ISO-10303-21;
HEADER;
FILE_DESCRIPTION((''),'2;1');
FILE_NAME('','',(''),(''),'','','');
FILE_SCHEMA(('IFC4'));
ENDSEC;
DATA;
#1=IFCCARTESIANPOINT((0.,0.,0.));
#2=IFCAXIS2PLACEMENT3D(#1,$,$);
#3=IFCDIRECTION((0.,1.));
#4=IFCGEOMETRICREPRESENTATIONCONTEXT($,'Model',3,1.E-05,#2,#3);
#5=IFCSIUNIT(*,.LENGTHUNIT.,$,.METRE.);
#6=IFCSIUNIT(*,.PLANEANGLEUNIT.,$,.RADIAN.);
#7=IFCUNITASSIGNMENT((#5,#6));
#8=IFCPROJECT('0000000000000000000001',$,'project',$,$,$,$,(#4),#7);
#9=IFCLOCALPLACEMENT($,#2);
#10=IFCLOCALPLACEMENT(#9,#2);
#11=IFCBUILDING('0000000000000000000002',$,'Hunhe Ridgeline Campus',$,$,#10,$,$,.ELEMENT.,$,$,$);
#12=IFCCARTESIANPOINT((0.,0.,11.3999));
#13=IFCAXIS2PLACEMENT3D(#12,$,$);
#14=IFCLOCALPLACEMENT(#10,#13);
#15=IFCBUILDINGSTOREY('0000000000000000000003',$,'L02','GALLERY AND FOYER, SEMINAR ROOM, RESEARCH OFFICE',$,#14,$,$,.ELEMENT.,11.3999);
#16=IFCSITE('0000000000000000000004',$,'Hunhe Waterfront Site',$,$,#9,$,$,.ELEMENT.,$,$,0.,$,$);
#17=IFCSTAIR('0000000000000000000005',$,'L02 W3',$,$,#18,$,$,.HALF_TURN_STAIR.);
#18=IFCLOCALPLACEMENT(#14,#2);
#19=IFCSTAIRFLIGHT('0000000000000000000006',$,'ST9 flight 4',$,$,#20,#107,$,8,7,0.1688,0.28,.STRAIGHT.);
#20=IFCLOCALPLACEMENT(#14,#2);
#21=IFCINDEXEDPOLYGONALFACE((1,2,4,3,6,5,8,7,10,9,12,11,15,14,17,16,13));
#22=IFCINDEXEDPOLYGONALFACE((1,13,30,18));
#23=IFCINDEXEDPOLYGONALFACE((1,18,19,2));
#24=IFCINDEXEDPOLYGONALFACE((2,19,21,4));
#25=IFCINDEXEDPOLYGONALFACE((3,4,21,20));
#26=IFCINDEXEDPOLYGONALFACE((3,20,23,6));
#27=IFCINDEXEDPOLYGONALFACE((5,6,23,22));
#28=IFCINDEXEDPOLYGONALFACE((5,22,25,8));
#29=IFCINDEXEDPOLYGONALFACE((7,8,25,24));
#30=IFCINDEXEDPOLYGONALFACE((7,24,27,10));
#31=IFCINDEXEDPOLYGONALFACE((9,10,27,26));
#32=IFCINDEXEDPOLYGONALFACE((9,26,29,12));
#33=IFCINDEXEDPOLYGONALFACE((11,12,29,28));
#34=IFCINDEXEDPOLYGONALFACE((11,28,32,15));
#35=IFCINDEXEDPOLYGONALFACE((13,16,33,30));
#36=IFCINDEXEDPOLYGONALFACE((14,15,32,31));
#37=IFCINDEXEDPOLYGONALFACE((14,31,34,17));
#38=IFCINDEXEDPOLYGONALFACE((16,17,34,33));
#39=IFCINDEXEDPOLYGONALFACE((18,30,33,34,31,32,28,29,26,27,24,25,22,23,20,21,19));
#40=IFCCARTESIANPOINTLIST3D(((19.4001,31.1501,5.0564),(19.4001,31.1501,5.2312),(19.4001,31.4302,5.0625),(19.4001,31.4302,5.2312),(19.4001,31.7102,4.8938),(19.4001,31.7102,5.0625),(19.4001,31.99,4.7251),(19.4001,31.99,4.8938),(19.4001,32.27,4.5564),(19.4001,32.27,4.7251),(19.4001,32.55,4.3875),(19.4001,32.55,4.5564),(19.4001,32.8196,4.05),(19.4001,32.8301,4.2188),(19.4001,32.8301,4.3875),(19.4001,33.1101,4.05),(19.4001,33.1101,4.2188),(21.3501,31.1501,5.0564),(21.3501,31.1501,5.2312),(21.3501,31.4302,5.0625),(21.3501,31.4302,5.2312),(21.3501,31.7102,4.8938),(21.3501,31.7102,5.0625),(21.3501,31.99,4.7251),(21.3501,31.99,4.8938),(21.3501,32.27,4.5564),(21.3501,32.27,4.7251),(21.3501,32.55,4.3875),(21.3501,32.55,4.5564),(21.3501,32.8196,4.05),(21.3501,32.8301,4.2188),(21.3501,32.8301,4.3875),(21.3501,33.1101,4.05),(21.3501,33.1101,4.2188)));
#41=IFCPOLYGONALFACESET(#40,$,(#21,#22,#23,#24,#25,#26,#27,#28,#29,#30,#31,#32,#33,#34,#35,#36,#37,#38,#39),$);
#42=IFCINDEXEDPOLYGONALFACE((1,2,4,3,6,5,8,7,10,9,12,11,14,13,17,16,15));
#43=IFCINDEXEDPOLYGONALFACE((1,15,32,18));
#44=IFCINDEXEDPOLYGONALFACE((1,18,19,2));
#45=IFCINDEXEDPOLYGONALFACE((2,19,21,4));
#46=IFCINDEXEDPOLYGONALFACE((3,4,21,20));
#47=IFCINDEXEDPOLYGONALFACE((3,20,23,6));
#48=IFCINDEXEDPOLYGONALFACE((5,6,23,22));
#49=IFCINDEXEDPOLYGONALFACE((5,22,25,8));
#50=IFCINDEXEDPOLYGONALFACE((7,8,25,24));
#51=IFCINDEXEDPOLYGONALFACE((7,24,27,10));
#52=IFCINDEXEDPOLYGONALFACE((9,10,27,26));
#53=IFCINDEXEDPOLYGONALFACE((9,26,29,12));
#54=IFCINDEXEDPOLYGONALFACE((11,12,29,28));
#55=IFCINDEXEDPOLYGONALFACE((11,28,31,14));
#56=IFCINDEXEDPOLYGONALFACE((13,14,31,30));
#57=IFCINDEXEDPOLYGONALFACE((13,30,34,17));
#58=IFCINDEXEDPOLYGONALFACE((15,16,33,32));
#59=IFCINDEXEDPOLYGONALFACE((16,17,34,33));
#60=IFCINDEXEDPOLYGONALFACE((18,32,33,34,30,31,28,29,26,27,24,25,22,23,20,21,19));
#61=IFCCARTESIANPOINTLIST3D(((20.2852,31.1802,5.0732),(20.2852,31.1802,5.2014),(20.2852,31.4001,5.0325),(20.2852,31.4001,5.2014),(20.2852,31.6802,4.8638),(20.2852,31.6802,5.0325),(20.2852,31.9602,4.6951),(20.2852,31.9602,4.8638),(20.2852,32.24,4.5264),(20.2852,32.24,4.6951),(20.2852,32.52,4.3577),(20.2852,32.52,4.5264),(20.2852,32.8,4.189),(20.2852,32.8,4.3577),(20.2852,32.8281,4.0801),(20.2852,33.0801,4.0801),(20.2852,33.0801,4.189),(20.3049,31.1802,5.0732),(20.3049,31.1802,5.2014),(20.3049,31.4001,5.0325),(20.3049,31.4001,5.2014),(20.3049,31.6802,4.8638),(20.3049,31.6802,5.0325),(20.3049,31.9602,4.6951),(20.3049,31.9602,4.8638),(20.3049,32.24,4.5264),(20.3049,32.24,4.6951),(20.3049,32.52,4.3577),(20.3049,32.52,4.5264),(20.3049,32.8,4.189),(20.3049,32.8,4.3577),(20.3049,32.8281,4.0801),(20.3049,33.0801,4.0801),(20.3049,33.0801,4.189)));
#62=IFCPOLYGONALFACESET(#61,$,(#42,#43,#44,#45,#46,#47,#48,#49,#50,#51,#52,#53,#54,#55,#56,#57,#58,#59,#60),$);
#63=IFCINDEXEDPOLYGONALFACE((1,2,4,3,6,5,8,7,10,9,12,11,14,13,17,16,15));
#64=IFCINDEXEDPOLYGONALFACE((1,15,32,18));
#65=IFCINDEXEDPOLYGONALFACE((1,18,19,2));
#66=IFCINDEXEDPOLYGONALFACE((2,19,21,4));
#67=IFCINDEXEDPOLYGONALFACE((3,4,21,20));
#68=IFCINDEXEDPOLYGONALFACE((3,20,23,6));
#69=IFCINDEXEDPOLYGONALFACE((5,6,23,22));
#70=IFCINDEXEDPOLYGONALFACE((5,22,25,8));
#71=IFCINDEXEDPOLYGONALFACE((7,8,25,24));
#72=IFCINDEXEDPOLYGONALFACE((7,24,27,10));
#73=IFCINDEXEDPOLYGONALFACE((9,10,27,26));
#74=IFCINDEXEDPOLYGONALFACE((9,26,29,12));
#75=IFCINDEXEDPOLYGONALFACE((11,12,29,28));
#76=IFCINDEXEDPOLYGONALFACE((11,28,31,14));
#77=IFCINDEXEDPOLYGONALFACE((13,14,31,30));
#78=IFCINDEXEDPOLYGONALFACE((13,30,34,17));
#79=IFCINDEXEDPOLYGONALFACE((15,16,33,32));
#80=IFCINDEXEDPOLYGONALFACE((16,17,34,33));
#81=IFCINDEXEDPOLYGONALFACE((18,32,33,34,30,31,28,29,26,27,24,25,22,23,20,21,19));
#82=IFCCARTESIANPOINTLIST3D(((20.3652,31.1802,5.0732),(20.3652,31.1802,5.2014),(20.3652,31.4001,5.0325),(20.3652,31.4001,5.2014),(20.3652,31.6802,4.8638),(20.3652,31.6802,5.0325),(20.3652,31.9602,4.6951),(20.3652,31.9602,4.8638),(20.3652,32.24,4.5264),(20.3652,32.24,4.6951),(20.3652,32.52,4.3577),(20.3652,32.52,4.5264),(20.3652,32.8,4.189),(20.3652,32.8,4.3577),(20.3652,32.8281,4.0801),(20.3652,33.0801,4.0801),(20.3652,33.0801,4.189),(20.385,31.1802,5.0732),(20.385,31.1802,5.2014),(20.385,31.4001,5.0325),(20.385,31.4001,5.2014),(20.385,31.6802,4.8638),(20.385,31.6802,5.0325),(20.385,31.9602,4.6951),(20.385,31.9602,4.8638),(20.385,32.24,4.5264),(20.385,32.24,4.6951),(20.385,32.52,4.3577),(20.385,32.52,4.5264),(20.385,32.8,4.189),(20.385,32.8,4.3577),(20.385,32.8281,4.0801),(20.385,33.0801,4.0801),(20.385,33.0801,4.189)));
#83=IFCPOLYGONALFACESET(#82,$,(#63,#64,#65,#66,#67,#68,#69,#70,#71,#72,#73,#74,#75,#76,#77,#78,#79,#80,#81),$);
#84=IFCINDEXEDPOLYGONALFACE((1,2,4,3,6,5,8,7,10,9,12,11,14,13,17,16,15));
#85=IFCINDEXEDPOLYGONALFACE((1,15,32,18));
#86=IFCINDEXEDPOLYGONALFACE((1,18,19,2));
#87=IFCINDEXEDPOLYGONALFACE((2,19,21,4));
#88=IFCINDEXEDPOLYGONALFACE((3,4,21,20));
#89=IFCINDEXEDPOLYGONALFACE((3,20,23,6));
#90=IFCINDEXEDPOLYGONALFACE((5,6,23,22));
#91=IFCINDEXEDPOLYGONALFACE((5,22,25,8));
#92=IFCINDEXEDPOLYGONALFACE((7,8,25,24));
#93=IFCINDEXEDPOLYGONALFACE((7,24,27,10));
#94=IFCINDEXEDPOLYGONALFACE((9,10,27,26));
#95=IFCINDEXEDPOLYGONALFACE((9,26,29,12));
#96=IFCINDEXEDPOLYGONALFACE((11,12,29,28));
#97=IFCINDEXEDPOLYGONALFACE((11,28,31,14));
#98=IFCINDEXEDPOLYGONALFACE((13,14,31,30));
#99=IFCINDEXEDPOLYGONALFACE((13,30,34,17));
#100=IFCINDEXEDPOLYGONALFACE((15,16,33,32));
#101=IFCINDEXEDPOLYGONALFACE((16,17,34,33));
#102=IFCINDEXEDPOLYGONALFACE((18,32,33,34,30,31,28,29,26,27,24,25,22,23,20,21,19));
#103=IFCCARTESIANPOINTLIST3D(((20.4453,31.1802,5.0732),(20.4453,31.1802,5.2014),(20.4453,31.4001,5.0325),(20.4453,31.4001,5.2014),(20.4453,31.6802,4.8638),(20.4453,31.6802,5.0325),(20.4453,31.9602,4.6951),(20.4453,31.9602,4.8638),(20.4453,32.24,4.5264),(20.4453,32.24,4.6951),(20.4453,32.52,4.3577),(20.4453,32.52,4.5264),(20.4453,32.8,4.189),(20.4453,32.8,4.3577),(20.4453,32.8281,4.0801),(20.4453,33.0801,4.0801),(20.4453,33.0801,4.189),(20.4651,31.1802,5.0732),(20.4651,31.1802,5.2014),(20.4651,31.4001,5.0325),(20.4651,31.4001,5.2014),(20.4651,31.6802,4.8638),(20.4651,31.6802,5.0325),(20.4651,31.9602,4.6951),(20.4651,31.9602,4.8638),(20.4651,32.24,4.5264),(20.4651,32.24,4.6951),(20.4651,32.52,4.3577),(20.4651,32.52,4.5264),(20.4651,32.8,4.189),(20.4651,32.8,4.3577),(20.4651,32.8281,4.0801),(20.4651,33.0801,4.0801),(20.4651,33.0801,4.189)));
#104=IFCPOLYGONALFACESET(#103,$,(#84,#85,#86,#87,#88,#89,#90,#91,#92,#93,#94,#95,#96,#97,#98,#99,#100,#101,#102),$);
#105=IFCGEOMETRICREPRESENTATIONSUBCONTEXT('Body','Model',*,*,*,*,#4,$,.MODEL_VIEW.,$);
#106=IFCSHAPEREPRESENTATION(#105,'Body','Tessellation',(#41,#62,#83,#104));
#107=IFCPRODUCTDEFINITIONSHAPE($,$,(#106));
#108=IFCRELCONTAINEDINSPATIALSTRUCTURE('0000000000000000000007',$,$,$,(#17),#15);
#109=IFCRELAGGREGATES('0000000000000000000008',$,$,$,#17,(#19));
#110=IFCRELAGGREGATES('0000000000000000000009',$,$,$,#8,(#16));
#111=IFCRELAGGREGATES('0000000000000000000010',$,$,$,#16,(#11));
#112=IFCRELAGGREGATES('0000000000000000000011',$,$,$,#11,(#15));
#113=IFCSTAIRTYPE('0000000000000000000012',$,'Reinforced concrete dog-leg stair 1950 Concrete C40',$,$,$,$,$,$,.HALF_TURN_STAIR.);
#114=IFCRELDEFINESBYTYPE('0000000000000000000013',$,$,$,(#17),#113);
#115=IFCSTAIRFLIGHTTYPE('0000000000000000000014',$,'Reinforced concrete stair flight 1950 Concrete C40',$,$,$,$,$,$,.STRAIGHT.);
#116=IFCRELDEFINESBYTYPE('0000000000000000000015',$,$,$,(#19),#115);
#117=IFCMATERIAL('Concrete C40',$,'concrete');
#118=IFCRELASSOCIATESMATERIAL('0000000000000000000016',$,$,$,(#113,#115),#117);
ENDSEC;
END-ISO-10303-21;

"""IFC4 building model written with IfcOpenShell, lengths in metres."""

from ifc_helpers import new_model, si_unit, direction, frame, origin, place, context, subcontext, project, spatial, polyline, outline, extrude, material, type_object, element, aggregate, save


model = new_model("IFC4")

# Units and contexts
model_context = context("Model", 3, precision=1e-05, world=origin(), true_north=direction((0.0, 1.0)))
body_context = subcontext(model_context, "Body", "Model", "MODEL_VIEW")
ifc_project = project(units=[si_unit("LENGTHUNIT", "METRE"), si_unit("PLANEANGLEUNIT", "RADIAN")], contexts=[model_context])

# Site, building, storey
site_placement = place(None, origin())
site = spatial("IfcSite", under=ifc_project, at=site_placement, Name="Hunhe Waterfront Site", CompositionType="ELEMENT", RefElevation=0.0)
building_placement = place(site_placement, origin())
building = spatial("IfcBuilding", under=site, at=building_placement, Name="Hunhe Ridgeline Campus", CompositionType="ELEMENT")
storey_placement = place(building_placement, frame((0.0, 0.0, 11.3999)))
storey = spatial("IfcBuildingStorey", under=building, at=storey_placement, Name="L02", Description="GALLERY AND FOYER, SEMINAR ROOM, RESEARCH OFFICE", CompositionType="ELEMENT", Elevation=11.3999)

# Stair, stair flight
ifc_material_1 = material(Name="Concrete C40", Category="concrete")
stair_type = type_object("IfcStairType", Name="Reinforced concrete dog-leg stair 1950 Concrete C40", PredefinedType="HALF_TURN_STAIR", material=ifc_material_1)
stair_1_placement = place(storey_placement, origin())
stair_1 = element("IfcStair", 1, at=stair_1_placement, inside=storey, type_object=stair_type, Name="L02 W3", PredefinedType="HALF_TURN_STAIR")
stair_flight_type = type_object("IfcStairFlightType", Name="Reinforced concrete stair flight 1950 Concrete C40", PredefinedType="STRAIGHT", material=ifc_material_1)
stair_flight_1_placement = place(storey_placement, frame((20.375, 33.1101, 4.05), z_axis=(0.0, 0.0, 1.0), x_axis=(0.0, -1.0, 0.0)))
stair_flight_1 = element("IfcStairFlight", 2, at=stair_flight_1_placement, type_object=stair_flight_type, Name="ST9 flight 4", NumberOfRisers=8, NumberOfTreads=7, PredefinedType="STRAIGHT", RiserHeight=0.1688, TreadLength=0.28, context=body_context, shape_type="SweptSolid", body=[
    extrude(outline(polyline([(0.0, 0.0), (0.0, 0.1687), (0.28, 0.1687), (0.28, 0.3374), (0.5601, 0.3374), (0.5601, 0.5063), (0.8401, 0.5063), (0.8401, 0.675), (1.1201, 0.675), (1.1201, 0.8438), (1.3999, 0.8438), (1.3999, 1.0125), (1.6799, 1.0125), (1.6799, 1.1812), (1.96, 1.1812), (1.96, 1.3501), (1.96, 1.0063), (0.2905, 0.0), (0.0, 0.0)])), frame((0.0, 0.9751, 0.0), z_axis=(0.0, -1.0, 0.0), x_axis=(1.0, 0.0, 0.0)), (0.0, 0.0, 1.0), 1.95),
    extrude(outline(polyline([(0.03, 0.03), (0.03, 0.1389), (0.3101, 0.1389), (0.3101, 0.3076), (0.5901, 0.3076), (0.5901, 0.4763), (0.8701, 0.4763), (0.8701, 0.645), (1.1499, 0.645), (1.1499, 0.8137), (1.4299, 0.8137), (1.4299, 0.9824), (1.71, 0.9824), (1.71, 1.1514), (1.9299, 1.1514), (1.9299, 1.0232), (0.282, 0.03), (0.03, 0.03)])), frame((0.0, -0.0701, 0.0), z_axis=(0.0, -1.0, 0.0), x_axis=(1.0, 0.0, 0.0)), (0.0, 0.0, 1.0), 0.0198),
    extrude(outline(polyline([(0.03, 0.03), (0.03, 0.1389), (0.3101, 0.1389), (0.3101, 0.3076), (0.5901, 0.3076), (0.5901, 0.4763), (0.8701, 0.4763), (0.8701, 0.645), (1.1499, 0.645), (1.1499, 0.8137), (1.4299, 0.8137), (1.4299, 0.9824), (1.71, 0.9824), (1.71, 1.1514), (1.9299, 1.1514), (1.9299, 1.0232), (0.282, 0.03), (0.03, 0.03)])), frame((0.0, 0.01, 0.0), z_axis=(0.0, -1.0, 0.0), x_axis=(1.0, 0.0, 0.0)), (0.0, 0.0, 1.0), 0.0198),
    extrude(outline(polyline([(0.03, 0.03), (0.03, 0.1389), (0.3101, 0.1389), (0.3101, 0.3076), (0.5901, 0.3076), (0.5901, 0.4763), (0.8701, 0.4763), (0.8701, 0.645), (1.1499, 0.645), (1.1499, 0.8137), (1.4299, 0.8137), (1.4299, 0.9824), (1.71, 0.9824), (1.71, 1.1514), (1.9299, 1.1514), (1.9299, 1.0232), (0.282, 0.03), (0.03, 0.03)])), frame((0.0, 0.0901, 0.0), z_axis=(0.0, -1.0, 0.0), x_axis=(1.0, 0.0, 0.0)), (0.0, 0.0, 1.0), 0.0198),
])
aggregate(stair_1, [stair_flight_1])

save(model, "model.ifc")
